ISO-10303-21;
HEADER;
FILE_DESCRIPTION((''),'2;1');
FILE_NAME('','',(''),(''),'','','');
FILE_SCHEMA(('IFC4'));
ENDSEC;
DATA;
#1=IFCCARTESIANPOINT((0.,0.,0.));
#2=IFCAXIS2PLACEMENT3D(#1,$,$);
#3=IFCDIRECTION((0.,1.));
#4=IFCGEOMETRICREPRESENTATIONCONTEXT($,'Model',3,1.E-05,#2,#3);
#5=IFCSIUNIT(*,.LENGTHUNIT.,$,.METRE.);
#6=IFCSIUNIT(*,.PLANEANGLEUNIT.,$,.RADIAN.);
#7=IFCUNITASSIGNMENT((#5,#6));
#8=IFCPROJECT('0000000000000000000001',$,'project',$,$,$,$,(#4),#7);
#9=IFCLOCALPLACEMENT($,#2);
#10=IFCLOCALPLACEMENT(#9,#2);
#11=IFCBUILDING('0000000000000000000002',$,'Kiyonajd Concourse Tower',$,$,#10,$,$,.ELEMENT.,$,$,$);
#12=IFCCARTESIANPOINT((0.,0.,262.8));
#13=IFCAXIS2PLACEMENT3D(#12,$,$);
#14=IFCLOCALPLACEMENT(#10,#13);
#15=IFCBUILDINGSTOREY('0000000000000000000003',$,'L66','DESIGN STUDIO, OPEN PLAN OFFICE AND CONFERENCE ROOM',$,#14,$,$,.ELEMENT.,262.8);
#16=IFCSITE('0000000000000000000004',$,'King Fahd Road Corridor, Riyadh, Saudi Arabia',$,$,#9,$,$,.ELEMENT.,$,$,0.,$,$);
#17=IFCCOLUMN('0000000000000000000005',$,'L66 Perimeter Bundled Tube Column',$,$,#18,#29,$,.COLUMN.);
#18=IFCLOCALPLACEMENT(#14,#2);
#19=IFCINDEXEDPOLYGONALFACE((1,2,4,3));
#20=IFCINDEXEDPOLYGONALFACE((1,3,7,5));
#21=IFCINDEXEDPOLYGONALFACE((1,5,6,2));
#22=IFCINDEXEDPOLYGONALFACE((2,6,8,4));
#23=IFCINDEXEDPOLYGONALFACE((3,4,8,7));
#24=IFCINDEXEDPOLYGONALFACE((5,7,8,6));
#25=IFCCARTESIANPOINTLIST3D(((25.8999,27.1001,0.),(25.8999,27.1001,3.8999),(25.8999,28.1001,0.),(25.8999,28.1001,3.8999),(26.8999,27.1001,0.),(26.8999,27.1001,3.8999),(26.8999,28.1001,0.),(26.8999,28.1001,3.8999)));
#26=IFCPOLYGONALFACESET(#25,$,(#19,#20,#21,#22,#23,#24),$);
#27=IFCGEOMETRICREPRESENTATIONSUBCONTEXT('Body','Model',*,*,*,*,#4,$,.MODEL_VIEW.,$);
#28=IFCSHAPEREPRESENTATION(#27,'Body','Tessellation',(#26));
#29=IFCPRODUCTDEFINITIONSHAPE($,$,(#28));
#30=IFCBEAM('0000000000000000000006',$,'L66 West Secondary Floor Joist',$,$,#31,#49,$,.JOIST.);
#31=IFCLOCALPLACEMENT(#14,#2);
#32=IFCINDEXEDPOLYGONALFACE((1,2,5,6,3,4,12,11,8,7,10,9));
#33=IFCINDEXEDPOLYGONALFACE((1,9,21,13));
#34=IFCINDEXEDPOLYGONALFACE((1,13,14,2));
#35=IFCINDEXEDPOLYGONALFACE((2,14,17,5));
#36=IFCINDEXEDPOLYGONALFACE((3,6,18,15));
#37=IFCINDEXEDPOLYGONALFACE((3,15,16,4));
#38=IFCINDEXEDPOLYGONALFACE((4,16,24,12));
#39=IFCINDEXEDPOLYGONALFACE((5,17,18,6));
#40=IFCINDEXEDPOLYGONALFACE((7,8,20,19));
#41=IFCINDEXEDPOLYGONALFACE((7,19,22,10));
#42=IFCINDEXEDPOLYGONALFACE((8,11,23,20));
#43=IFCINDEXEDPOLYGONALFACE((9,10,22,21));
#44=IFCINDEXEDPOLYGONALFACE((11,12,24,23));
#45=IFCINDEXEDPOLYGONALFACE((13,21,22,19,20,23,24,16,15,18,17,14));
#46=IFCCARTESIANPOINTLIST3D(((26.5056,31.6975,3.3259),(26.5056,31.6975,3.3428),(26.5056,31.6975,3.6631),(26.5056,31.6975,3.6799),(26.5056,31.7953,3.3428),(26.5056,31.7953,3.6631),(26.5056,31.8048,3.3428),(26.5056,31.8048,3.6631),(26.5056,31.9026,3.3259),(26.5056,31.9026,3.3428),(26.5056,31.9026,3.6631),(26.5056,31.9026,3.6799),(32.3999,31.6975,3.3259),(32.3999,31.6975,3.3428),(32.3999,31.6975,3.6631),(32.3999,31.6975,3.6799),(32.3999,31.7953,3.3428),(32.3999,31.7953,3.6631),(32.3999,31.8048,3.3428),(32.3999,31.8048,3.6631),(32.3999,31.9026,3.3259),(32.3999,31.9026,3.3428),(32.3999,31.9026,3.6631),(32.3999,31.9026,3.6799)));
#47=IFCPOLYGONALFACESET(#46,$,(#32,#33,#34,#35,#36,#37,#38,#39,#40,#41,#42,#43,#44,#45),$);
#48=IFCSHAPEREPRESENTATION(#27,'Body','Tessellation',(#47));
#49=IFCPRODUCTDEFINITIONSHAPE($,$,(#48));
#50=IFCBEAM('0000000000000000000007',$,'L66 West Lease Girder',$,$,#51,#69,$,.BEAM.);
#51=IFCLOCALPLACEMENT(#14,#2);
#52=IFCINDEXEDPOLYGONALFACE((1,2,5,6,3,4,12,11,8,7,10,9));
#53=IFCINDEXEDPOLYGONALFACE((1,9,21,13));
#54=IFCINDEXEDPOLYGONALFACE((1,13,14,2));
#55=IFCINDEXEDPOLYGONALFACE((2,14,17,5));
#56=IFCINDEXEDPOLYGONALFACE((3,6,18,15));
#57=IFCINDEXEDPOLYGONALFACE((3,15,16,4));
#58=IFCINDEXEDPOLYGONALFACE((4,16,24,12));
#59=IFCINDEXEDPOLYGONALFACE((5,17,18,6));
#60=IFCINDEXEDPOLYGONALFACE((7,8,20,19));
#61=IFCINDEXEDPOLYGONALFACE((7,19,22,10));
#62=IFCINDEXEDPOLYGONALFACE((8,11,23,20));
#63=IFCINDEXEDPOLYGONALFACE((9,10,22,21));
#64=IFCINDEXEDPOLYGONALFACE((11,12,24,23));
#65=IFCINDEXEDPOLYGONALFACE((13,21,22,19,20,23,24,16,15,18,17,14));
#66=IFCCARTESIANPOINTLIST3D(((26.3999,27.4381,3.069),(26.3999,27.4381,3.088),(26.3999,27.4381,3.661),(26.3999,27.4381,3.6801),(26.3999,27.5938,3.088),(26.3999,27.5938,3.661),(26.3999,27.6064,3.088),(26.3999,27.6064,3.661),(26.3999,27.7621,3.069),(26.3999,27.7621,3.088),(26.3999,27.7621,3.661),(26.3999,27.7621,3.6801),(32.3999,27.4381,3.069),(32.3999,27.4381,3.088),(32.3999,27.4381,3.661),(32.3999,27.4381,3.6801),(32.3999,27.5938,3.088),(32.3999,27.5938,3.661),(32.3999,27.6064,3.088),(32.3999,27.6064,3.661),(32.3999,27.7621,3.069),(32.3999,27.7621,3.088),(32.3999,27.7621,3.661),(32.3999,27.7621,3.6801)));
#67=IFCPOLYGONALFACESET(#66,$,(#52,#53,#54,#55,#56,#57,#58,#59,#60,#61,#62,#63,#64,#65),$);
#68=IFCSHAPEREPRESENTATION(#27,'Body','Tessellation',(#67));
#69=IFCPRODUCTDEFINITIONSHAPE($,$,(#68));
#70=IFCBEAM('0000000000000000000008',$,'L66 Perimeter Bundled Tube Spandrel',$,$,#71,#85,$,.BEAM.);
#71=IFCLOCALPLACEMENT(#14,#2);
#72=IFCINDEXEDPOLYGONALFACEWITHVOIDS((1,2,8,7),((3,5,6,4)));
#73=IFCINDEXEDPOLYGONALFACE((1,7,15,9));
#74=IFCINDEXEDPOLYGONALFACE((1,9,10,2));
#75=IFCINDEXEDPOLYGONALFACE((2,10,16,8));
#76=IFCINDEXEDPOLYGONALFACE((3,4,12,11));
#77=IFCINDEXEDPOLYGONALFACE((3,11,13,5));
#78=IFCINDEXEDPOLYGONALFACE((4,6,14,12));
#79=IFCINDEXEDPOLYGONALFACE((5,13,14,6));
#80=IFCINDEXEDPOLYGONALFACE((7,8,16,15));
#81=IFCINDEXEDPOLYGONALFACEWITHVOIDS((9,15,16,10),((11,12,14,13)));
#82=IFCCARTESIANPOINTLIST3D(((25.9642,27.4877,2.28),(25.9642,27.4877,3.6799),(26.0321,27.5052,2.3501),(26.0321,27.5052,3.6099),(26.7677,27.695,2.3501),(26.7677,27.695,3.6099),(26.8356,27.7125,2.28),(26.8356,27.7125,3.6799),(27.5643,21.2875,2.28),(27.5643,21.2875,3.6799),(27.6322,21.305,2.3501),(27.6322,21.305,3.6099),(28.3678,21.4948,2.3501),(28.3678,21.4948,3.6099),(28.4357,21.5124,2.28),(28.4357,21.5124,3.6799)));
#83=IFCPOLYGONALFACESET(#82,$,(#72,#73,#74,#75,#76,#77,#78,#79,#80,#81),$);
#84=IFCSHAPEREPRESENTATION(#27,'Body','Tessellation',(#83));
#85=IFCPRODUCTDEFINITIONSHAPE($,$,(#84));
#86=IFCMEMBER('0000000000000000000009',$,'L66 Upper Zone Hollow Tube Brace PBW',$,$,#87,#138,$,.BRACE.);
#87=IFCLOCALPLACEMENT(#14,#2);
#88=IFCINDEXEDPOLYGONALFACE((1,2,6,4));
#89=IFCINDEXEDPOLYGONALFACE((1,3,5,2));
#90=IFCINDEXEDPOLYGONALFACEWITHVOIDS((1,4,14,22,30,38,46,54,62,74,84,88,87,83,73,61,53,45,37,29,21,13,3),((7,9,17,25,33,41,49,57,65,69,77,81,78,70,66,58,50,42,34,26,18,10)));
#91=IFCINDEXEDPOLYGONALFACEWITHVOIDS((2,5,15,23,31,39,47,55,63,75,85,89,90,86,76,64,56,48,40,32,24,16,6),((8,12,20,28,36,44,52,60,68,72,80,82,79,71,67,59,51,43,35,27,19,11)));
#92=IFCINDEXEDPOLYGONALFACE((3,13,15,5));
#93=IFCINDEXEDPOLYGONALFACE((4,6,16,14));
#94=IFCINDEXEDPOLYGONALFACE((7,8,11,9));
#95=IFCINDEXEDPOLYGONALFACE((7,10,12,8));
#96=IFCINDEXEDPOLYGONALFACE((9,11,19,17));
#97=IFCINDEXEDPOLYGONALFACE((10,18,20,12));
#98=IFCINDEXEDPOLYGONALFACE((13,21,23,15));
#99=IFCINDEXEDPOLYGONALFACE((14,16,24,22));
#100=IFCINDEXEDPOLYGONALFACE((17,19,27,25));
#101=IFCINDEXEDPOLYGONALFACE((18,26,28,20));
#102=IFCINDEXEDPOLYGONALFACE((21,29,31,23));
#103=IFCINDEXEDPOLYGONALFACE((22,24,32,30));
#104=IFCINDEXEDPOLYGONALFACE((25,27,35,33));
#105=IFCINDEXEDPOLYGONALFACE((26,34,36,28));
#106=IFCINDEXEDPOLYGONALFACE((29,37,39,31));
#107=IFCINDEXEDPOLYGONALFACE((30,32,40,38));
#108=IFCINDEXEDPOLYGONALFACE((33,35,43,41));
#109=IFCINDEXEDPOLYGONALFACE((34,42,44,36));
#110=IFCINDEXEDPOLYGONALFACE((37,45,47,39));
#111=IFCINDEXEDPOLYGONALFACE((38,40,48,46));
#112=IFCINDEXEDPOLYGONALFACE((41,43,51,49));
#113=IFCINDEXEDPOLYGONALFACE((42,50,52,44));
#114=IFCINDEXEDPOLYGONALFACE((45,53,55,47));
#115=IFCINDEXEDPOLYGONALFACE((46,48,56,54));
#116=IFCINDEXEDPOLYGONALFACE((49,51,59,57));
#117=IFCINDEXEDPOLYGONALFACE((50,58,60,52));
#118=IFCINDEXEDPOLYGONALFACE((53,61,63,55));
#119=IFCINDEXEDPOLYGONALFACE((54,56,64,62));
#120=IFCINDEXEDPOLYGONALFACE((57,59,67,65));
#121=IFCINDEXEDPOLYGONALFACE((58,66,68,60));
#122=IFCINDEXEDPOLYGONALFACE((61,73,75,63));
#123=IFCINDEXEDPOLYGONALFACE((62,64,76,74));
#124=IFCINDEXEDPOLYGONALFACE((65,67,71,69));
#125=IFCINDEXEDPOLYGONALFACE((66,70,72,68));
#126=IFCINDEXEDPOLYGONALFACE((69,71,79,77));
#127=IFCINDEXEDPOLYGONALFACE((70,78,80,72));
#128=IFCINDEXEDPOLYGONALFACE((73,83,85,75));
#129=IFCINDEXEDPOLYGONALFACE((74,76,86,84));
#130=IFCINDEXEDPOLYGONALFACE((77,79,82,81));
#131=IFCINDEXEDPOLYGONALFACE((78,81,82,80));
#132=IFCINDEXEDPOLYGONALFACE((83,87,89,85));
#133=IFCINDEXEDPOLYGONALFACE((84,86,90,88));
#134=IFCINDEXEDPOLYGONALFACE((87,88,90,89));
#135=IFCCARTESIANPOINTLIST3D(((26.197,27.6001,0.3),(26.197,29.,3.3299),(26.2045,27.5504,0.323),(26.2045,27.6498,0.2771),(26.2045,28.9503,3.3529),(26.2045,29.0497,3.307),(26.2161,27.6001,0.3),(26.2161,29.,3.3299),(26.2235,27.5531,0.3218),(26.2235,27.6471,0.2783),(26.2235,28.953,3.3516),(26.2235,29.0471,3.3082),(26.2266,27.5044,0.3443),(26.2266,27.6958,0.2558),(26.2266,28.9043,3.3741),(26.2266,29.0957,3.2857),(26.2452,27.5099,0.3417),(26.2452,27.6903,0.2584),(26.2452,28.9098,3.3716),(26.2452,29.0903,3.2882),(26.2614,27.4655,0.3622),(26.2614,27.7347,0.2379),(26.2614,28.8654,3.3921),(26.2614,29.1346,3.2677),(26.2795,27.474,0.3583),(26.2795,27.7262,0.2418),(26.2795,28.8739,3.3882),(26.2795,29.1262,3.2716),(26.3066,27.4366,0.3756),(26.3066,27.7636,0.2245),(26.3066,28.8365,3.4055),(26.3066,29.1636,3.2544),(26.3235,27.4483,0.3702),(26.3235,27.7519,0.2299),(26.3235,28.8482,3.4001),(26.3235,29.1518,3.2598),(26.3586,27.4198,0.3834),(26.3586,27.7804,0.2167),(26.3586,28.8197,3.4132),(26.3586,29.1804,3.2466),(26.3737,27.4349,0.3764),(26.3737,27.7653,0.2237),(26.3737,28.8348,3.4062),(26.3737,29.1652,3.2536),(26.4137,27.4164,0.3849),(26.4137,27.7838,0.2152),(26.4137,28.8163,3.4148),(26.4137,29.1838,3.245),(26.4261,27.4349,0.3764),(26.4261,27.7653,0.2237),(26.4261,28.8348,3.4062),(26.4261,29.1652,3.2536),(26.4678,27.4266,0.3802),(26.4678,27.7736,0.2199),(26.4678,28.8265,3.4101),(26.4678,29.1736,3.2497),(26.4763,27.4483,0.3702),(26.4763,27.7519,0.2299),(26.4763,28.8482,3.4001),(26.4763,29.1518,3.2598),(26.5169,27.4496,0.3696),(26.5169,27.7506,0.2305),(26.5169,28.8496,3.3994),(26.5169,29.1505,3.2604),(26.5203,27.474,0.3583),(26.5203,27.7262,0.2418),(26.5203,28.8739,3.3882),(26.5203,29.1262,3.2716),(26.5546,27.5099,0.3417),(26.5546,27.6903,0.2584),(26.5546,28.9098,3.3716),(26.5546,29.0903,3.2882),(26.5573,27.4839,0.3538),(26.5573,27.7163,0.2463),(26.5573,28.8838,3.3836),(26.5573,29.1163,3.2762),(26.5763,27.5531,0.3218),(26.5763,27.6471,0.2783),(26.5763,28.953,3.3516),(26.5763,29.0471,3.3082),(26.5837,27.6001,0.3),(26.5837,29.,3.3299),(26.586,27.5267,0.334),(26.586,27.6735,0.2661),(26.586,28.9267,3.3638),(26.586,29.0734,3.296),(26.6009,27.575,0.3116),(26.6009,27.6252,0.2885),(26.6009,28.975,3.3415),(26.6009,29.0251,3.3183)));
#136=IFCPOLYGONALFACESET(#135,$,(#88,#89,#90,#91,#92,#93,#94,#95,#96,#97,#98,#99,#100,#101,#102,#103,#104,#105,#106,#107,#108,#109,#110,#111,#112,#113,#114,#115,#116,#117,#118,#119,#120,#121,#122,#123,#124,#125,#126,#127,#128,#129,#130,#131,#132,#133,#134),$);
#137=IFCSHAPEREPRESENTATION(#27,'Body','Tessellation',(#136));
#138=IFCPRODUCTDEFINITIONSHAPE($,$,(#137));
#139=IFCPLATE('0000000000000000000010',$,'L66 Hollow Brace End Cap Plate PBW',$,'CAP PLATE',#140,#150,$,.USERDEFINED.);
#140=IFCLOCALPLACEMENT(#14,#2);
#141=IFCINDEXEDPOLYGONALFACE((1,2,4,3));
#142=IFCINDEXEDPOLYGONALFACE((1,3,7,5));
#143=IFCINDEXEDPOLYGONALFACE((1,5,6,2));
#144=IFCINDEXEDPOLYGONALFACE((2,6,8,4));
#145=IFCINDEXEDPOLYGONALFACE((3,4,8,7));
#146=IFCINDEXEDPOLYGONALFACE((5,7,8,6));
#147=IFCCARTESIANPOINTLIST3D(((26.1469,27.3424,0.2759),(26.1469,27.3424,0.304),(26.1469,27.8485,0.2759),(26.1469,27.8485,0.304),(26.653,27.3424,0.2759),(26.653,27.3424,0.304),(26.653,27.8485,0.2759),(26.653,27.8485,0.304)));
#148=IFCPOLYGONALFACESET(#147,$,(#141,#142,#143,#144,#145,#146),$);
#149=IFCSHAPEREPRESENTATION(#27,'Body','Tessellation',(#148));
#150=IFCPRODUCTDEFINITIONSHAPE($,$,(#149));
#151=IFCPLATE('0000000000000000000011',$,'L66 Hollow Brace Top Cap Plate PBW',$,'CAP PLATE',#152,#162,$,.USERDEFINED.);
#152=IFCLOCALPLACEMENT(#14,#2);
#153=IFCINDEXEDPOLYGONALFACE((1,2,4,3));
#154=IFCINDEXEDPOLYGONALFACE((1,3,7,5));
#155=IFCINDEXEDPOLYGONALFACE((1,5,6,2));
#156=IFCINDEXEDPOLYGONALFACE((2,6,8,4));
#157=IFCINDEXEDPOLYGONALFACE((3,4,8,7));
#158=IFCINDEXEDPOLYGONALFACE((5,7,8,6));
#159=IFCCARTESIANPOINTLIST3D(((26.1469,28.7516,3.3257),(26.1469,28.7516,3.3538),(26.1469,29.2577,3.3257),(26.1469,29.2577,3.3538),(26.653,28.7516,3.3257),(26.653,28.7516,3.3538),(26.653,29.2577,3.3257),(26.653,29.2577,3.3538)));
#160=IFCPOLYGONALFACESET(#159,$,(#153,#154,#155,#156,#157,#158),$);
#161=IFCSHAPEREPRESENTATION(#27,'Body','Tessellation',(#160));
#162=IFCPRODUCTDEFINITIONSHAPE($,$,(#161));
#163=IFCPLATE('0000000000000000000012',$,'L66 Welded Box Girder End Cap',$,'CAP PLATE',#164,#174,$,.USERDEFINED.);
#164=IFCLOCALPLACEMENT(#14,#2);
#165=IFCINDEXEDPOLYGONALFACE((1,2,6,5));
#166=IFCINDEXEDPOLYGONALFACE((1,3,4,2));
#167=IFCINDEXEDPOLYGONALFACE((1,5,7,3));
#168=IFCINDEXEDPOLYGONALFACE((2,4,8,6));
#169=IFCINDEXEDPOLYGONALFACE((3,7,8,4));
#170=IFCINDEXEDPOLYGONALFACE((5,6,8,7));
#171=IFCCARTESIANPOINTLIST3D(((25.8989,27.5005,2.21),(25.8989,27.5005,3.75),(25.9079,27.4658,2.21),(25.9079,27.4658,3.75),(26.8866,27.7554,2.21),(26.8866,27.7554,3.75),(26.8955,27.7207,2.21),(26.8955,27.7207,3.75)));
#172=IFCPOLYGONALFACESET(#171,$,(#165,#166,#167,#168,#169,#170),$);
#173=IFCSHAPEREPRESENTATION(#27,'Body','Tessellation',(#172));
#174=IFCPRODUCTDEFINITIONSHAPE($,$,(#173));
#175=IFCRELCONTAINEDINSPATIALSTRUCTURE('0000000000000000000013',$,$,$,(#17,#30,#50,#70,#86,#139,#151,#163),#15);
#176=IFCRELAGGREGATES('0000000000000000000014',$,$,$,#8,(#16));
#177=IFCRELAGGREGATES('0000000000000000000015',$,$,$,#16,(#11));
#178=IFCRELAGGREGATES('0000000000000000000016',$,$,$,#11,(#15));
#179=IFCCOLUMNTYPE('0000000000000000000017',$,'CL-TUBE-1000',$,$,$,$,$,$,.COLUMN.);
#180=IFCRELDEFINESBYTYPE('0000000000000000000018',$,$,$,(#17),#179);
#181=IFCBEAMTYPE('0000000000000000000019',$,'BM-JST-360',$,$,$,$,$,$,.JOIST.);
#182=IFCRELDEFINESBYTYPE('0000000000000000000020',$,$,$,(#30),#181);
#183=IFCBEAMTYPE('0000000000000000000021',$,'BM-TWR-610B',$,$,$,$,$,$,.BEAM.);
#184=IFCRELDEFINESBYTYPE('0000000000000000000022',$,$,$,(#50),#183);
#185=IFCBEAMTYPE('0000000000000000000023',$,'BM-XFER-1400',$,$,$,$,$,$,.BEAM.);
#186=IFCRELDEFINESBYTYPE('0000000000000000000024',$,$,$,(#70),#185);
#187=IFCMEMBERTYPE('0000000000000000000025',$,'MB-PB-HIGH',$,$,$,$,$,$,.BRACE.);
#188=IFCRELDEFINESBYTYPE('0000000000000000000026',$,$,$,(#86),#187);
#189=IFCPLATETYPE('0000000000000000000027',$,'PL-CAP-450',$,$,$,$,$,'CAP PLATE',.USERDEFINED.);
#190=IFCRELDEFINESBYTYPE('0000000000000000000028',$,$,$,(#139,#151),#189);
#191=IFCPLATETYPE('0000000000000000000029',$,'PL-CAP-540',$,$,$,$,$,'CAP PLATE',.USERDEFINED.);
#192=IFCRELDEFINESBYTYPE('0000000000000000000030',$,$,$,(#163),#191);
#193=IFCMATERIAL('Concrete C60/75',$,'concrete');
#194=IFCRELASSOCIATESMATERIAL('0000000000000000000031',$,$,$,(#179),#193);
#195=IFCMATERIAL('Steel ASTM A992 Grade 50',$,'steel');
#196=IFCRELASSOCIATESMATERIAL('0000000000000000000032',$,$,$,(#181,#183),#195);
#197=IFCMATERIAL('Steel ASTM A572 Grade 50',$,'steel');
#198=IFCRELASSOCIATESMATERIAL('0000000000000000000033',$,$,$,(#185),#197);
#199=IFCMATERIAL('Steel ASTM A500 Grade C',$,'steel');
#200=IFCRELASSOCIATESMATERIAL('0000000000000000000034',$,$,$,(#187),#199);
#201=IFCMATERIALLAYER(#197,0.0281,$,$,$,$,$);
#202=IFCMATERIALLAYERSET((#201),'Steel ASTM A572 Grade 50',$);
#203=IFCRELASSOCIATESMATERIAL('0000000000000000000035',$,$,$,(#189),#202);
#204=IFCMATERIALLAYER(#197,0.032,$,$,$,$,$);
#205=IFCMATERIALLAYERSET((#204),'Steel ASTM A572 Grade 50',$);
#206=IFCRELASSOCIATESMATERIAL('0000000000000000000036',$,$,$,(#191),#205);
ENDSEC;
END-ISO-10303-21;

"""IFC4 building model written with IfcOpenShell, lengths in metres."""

from ifc_helpers import new_model, si_unit, direction, frame, origin, origin_2d, place, context, subcontext, project, spatial, rectangle, hollow_rectangle, hollow_circle, i_section, extrude, material, layer, layer_set, material_profile, profile_set, type_object, element, save


model = new_model("IFC4")

# Units and contexts
model_context = context("Model", 3, precision=1e-05, world=origin(), true_north=direction((0.0, 1.0)))
body_context = subcontext(model_context, "Body", "Model", "MODEL_VIEW")
ifc_project = project(units=[si_unit("LENGTHUNIT", "METRE"), si_unit("PLANEANGLEUNIT", "RADIAN")], contexts=[model_context])

# Site, building, storey
site_placement = place(None, origin())
site = spatial("IfcSite", under=ifc_project, at=site_placement, Name="King Fahd Road Corridor, Riyadh, Saudi Arabia", CompositionType="ELEMENT", RefElevation=0.0)
building_placement = place(site_placement, origin())
building = spatial("IfcBuilding", under=site, at=building_placement, Name="Kiyonajd Concourse Tower", CompositionType="ELEMENT")
storey_placement = place(building_placement, frame((0.0, 0.0, 262.8)))
storey = spatial("IfcBuildingStorey", under=building, at=storey_placement, Name="L66", Description="DESIGN STUDIO, OPEN PLAN OFFICE AND CONFERENCE ROOM", CompositionType="ELEMENT", Elevation=262.8)

# Column
ifc_material_1 = material(Name="Concrete C60/75", Category="concrete")
ifc_material_profile_1 = material_profile(ifc_material_1, rectangle(XDim=1.0, YDim=1.0, at=origin_2d()), Name="RC-1000x1000")
ifc_profile_set_1 = profile_set([ifc_material_profile_1], Name="Concrete C60/75")
column_type = type_object("IfcColumnType", Name="CL-TUBE-1000", PredefinedType="COLUMN", material=ifc_profile_set_1)
column_placement = place(storey_placement, frame((26.3999, 27.6001, 0.0), z_axis=(0.0, 0.0, 1.0), x_axis=(1.0, 0.0, 0.0)))
element("IfcColumn", 1, at=column_placement, inside=storey, type_object=column_type, Name="L66 Perimeter Bundled Tube Column", PredefinedType="COLUMN", context=body_context, shape_type="SweptSolid", body=[
    extrude(rectangle(XDim=1.0, YDim=1.0, at=origin_2d()), origin(), (0.0, 0.0, 1.0), 3.8999),
])

# Beams
ifc_material_2 = material(Name="Steel ASTM A992 Grade 50", Category="steel")
ifc_material_profile_2 = material_profile(ifc_material_2, i_section(OverallWidth=0.2051, OverallDepth=0.354, WebThickness=0.0095, FlangeThickness=0.0168, at=origin_2d()), Name="W360X79")
ifc_profile_set_2 = profile_set([ifc_material_profile_2], Name="Steel ASTM A992 Grade 50")
beam_type_1 = type_object("IfcBeamType", Name="BM-JST-360", PredefinedType="JOIST", material=ifc_profile_set_2)
beam_1_placement = place(storey_placement, frame((26.5056, 31.8, 3.5029), z_axis=(1.0, 0.0, 0.0), x_axis=(0.0, 1.0, 0.0)))
element("IfcBeam", 2, at=beam_1_placement, inside=storey, type_object=beam_type_1, Name="L66 West Secondary Floor Joist", PredefinedType="JOIST", context=body_context, shape_type="SweptSolid", body=[
    extrude(i_section(OverallWidth=0.2051, OverallDepth=0.354, WebThickness=0.0095, FlangeThickness=0.0168, at=origin_2d()), origin(), (0.0, 0.0, 1.0), 5.8943),
])
ifc_material_profile_3 = material_profile(ifc_material_2, i_section(OverallWidth=0.324, OverallDepth=0.6111, WebThickness=0.0127, FlangeThickness=0.019, at=origin_2d()), Name="W610X155")
ifc_profile_set_3 = profile_set([ifc_material_profile_3], Name="Steel ASTM A992 Grade 50")
beam_type_2 = type_object("IfcBeamType", Name="BM-TWR-610B", PredefinedType="BEAM", material=ifc_profile_set_3)
beam_2_placement = place(storey_placement, frame((26.3999, 27.6001, 3.3745), z_axis=(1.0, 0.0, 0.0), x_axis=(0.0, 1.0, 0.0)))
element("IfcBeam", 3, at=beam_2_placement, inside=storey, type_object=beam_type_2, Name="L66 West Lease Girder", PredefinedType="BEAM", context=body_context, shape_type="SweptSolid", body=[
    extrude(i_section(OverallWidth=0.324, OverallDepth=0.6111, WebThickness=0.0127, FlangeThickness=0.019, at=origin_2d()), origin(), (0.0, 0.0, 1.0), 6.0),
])
ifc_material_3 = material(Name="Steel ASTM A572 Grade 50", Category="steel")
ifc_material_profile_4 = material_profile(ifc_material_3, hollow_rectangle(XDim=0.8999, YDim=1.3999, WallThickness=0.0701, at=origin_2d()), Name="BOX-1400x900x70")
ifc_profile_set_4 = profile_set([ifc_material_profile_4], Name="Steel ASTM A572 Grade 50")
beam_type_3 = type_object("IfcBeamType", Name="BM-XFER-1400", PredefinedType="BEAM", material=ifc_profile_set_4)
beam_3_placement = place(storey_placement, frame((26.3999, 27.6001, 2.98), z_axis=(0.249885, -0.968276, 0.0), x_axis=(0.968276, 0.249885, 0.0)))
element("IfcBeam", 4, at=beam_3_placement, inside=storey, type_object=beam_type_3, Name="L66 Perimeter Bundled Tube Spandrel", PredefinedType="BEAM", context=body_context, shape_type="SweptSolid", body=[
    extrude(hollow_rectangle(XDim=0.8999, YDim=1.3999, WallThickness=0.0701, at=origin_2d()), origin(), (0.0, 0.0, 1.0), 6.4033),
])

# Member
ifc_material_4 = material(Name="Steel ASTM A500 Grade C", Category="steel")
ifc_material_profile_5 = material_profile(ifc_material_4, hollow_circle(Radius=0.2029, WallThickness=0.019, at=origin_2d()), Name="CHS-406x19")
ifc_profile_set_5 = profile_set([ifc_material_profile_5], Name="Steel ASTM A500 Grade C")
member_type = type_object("IfcMemberType", Name="MB-PB-HIGH", PredefinedType="BRACE", material=ifc_profile_set_5)
member_placement = place(storey_placement, frame((26.3999, 27.6001, 0.3), z_axis=(0.0, 0.419439, 0.907784), x_axis=(-1.0, 0.0, 0.0)))
element("IfcMember", 5, at=member_placement, inside=storey, type_object=member_type, Name="L66 Upper Zone Hollow Tube Brace PBW", PredefinedType="BRACE", context=body_context, shape_type="SweptSolid", body=[
    extrude(hollow_circle(Radius=0.2029, WallThickness=0.019, at=origin_2d()), origin(), (0.0, 0.0, 1.0), 3.3376),
])

# Plates
ifc_layer_1 = layer(ifc_material_3, 0.0281)
ifc_layer_set_1 = layer_set([ifc_layer_1], Name="Steel ASTM A572 Grade 50")
plate_type_1 = type_object("IfcPlateType", Name="PL-CAP-450", ElementType="CAP PLATE", PredefinedType="USERDEFINED", material=ifc_layer_set_1)
for number, where, z_axis, x_axis, name in (
    (6, (26.3999, 27.5955, 0.2759), (0.0, 0.0, 1.0), (1.0, 0.0, 0.0), "L66 Hollow Brace End Cap Plate PBW"),
    (7, (26.3999, 29.0046, 3.3257), (0.0, 0.0, 1.0), (1.0, 0.0, 0.0), "L66 Hollow Brace Top Cap Plate PBW"),
):
    element("IfcPlate", number, at=place(storey_placement, frame(where, z_axis=z_axis, x_axis=x_axis)), inside=storey, type_object=plate_type_1, Name=name, ObjectType="CAP PLATE", PredefinedType="USERDEFINED", context=body_context, shape_type="SweptSolid", body=[
        extrude(rectangle(XDim=0.5061, YDim=0.5061, at=origin_2d()), origin(), (0.0, 0.0, 1.0), 0.0281),
    ])
ifc_layer_2 = layer(ifc_material_3, 0.032)
ifc_layer_set_2 = layer_set([ifc_layer_2], Name="Steel ASTM A572 Grade 50")
plate_type_2 = type_object("IfcPlateType", Name="PL-CAP-540", ElementType="CAP PLATE", PredefinedType="USERDEFINED", material=ifc_layer_set_2)
plate_placement = place(storey_placement, frame((26.3972, 27.6106, 2.21), z_axis=(0.0, 0.0, 1.0), x_axis=(-0.249873, 0.968279, 0.0)))
element("IfcPlate", 8, at=plate_placement, inside=storey, type_object=plate_type_2, Name="L66 Welded Box Girder End Cap", ObjectType="CAP PLATE", PredefinedType="USERDEFINED", context=body_context, shape_type="SweptSolid", body=[
    extrude(rectangle(XDim=0.0359, YDim=1.02, at=origin_2d()), origin(), (0.0, 0.0, 1.0), 1.54),
])

save(model, "model.ifc")
